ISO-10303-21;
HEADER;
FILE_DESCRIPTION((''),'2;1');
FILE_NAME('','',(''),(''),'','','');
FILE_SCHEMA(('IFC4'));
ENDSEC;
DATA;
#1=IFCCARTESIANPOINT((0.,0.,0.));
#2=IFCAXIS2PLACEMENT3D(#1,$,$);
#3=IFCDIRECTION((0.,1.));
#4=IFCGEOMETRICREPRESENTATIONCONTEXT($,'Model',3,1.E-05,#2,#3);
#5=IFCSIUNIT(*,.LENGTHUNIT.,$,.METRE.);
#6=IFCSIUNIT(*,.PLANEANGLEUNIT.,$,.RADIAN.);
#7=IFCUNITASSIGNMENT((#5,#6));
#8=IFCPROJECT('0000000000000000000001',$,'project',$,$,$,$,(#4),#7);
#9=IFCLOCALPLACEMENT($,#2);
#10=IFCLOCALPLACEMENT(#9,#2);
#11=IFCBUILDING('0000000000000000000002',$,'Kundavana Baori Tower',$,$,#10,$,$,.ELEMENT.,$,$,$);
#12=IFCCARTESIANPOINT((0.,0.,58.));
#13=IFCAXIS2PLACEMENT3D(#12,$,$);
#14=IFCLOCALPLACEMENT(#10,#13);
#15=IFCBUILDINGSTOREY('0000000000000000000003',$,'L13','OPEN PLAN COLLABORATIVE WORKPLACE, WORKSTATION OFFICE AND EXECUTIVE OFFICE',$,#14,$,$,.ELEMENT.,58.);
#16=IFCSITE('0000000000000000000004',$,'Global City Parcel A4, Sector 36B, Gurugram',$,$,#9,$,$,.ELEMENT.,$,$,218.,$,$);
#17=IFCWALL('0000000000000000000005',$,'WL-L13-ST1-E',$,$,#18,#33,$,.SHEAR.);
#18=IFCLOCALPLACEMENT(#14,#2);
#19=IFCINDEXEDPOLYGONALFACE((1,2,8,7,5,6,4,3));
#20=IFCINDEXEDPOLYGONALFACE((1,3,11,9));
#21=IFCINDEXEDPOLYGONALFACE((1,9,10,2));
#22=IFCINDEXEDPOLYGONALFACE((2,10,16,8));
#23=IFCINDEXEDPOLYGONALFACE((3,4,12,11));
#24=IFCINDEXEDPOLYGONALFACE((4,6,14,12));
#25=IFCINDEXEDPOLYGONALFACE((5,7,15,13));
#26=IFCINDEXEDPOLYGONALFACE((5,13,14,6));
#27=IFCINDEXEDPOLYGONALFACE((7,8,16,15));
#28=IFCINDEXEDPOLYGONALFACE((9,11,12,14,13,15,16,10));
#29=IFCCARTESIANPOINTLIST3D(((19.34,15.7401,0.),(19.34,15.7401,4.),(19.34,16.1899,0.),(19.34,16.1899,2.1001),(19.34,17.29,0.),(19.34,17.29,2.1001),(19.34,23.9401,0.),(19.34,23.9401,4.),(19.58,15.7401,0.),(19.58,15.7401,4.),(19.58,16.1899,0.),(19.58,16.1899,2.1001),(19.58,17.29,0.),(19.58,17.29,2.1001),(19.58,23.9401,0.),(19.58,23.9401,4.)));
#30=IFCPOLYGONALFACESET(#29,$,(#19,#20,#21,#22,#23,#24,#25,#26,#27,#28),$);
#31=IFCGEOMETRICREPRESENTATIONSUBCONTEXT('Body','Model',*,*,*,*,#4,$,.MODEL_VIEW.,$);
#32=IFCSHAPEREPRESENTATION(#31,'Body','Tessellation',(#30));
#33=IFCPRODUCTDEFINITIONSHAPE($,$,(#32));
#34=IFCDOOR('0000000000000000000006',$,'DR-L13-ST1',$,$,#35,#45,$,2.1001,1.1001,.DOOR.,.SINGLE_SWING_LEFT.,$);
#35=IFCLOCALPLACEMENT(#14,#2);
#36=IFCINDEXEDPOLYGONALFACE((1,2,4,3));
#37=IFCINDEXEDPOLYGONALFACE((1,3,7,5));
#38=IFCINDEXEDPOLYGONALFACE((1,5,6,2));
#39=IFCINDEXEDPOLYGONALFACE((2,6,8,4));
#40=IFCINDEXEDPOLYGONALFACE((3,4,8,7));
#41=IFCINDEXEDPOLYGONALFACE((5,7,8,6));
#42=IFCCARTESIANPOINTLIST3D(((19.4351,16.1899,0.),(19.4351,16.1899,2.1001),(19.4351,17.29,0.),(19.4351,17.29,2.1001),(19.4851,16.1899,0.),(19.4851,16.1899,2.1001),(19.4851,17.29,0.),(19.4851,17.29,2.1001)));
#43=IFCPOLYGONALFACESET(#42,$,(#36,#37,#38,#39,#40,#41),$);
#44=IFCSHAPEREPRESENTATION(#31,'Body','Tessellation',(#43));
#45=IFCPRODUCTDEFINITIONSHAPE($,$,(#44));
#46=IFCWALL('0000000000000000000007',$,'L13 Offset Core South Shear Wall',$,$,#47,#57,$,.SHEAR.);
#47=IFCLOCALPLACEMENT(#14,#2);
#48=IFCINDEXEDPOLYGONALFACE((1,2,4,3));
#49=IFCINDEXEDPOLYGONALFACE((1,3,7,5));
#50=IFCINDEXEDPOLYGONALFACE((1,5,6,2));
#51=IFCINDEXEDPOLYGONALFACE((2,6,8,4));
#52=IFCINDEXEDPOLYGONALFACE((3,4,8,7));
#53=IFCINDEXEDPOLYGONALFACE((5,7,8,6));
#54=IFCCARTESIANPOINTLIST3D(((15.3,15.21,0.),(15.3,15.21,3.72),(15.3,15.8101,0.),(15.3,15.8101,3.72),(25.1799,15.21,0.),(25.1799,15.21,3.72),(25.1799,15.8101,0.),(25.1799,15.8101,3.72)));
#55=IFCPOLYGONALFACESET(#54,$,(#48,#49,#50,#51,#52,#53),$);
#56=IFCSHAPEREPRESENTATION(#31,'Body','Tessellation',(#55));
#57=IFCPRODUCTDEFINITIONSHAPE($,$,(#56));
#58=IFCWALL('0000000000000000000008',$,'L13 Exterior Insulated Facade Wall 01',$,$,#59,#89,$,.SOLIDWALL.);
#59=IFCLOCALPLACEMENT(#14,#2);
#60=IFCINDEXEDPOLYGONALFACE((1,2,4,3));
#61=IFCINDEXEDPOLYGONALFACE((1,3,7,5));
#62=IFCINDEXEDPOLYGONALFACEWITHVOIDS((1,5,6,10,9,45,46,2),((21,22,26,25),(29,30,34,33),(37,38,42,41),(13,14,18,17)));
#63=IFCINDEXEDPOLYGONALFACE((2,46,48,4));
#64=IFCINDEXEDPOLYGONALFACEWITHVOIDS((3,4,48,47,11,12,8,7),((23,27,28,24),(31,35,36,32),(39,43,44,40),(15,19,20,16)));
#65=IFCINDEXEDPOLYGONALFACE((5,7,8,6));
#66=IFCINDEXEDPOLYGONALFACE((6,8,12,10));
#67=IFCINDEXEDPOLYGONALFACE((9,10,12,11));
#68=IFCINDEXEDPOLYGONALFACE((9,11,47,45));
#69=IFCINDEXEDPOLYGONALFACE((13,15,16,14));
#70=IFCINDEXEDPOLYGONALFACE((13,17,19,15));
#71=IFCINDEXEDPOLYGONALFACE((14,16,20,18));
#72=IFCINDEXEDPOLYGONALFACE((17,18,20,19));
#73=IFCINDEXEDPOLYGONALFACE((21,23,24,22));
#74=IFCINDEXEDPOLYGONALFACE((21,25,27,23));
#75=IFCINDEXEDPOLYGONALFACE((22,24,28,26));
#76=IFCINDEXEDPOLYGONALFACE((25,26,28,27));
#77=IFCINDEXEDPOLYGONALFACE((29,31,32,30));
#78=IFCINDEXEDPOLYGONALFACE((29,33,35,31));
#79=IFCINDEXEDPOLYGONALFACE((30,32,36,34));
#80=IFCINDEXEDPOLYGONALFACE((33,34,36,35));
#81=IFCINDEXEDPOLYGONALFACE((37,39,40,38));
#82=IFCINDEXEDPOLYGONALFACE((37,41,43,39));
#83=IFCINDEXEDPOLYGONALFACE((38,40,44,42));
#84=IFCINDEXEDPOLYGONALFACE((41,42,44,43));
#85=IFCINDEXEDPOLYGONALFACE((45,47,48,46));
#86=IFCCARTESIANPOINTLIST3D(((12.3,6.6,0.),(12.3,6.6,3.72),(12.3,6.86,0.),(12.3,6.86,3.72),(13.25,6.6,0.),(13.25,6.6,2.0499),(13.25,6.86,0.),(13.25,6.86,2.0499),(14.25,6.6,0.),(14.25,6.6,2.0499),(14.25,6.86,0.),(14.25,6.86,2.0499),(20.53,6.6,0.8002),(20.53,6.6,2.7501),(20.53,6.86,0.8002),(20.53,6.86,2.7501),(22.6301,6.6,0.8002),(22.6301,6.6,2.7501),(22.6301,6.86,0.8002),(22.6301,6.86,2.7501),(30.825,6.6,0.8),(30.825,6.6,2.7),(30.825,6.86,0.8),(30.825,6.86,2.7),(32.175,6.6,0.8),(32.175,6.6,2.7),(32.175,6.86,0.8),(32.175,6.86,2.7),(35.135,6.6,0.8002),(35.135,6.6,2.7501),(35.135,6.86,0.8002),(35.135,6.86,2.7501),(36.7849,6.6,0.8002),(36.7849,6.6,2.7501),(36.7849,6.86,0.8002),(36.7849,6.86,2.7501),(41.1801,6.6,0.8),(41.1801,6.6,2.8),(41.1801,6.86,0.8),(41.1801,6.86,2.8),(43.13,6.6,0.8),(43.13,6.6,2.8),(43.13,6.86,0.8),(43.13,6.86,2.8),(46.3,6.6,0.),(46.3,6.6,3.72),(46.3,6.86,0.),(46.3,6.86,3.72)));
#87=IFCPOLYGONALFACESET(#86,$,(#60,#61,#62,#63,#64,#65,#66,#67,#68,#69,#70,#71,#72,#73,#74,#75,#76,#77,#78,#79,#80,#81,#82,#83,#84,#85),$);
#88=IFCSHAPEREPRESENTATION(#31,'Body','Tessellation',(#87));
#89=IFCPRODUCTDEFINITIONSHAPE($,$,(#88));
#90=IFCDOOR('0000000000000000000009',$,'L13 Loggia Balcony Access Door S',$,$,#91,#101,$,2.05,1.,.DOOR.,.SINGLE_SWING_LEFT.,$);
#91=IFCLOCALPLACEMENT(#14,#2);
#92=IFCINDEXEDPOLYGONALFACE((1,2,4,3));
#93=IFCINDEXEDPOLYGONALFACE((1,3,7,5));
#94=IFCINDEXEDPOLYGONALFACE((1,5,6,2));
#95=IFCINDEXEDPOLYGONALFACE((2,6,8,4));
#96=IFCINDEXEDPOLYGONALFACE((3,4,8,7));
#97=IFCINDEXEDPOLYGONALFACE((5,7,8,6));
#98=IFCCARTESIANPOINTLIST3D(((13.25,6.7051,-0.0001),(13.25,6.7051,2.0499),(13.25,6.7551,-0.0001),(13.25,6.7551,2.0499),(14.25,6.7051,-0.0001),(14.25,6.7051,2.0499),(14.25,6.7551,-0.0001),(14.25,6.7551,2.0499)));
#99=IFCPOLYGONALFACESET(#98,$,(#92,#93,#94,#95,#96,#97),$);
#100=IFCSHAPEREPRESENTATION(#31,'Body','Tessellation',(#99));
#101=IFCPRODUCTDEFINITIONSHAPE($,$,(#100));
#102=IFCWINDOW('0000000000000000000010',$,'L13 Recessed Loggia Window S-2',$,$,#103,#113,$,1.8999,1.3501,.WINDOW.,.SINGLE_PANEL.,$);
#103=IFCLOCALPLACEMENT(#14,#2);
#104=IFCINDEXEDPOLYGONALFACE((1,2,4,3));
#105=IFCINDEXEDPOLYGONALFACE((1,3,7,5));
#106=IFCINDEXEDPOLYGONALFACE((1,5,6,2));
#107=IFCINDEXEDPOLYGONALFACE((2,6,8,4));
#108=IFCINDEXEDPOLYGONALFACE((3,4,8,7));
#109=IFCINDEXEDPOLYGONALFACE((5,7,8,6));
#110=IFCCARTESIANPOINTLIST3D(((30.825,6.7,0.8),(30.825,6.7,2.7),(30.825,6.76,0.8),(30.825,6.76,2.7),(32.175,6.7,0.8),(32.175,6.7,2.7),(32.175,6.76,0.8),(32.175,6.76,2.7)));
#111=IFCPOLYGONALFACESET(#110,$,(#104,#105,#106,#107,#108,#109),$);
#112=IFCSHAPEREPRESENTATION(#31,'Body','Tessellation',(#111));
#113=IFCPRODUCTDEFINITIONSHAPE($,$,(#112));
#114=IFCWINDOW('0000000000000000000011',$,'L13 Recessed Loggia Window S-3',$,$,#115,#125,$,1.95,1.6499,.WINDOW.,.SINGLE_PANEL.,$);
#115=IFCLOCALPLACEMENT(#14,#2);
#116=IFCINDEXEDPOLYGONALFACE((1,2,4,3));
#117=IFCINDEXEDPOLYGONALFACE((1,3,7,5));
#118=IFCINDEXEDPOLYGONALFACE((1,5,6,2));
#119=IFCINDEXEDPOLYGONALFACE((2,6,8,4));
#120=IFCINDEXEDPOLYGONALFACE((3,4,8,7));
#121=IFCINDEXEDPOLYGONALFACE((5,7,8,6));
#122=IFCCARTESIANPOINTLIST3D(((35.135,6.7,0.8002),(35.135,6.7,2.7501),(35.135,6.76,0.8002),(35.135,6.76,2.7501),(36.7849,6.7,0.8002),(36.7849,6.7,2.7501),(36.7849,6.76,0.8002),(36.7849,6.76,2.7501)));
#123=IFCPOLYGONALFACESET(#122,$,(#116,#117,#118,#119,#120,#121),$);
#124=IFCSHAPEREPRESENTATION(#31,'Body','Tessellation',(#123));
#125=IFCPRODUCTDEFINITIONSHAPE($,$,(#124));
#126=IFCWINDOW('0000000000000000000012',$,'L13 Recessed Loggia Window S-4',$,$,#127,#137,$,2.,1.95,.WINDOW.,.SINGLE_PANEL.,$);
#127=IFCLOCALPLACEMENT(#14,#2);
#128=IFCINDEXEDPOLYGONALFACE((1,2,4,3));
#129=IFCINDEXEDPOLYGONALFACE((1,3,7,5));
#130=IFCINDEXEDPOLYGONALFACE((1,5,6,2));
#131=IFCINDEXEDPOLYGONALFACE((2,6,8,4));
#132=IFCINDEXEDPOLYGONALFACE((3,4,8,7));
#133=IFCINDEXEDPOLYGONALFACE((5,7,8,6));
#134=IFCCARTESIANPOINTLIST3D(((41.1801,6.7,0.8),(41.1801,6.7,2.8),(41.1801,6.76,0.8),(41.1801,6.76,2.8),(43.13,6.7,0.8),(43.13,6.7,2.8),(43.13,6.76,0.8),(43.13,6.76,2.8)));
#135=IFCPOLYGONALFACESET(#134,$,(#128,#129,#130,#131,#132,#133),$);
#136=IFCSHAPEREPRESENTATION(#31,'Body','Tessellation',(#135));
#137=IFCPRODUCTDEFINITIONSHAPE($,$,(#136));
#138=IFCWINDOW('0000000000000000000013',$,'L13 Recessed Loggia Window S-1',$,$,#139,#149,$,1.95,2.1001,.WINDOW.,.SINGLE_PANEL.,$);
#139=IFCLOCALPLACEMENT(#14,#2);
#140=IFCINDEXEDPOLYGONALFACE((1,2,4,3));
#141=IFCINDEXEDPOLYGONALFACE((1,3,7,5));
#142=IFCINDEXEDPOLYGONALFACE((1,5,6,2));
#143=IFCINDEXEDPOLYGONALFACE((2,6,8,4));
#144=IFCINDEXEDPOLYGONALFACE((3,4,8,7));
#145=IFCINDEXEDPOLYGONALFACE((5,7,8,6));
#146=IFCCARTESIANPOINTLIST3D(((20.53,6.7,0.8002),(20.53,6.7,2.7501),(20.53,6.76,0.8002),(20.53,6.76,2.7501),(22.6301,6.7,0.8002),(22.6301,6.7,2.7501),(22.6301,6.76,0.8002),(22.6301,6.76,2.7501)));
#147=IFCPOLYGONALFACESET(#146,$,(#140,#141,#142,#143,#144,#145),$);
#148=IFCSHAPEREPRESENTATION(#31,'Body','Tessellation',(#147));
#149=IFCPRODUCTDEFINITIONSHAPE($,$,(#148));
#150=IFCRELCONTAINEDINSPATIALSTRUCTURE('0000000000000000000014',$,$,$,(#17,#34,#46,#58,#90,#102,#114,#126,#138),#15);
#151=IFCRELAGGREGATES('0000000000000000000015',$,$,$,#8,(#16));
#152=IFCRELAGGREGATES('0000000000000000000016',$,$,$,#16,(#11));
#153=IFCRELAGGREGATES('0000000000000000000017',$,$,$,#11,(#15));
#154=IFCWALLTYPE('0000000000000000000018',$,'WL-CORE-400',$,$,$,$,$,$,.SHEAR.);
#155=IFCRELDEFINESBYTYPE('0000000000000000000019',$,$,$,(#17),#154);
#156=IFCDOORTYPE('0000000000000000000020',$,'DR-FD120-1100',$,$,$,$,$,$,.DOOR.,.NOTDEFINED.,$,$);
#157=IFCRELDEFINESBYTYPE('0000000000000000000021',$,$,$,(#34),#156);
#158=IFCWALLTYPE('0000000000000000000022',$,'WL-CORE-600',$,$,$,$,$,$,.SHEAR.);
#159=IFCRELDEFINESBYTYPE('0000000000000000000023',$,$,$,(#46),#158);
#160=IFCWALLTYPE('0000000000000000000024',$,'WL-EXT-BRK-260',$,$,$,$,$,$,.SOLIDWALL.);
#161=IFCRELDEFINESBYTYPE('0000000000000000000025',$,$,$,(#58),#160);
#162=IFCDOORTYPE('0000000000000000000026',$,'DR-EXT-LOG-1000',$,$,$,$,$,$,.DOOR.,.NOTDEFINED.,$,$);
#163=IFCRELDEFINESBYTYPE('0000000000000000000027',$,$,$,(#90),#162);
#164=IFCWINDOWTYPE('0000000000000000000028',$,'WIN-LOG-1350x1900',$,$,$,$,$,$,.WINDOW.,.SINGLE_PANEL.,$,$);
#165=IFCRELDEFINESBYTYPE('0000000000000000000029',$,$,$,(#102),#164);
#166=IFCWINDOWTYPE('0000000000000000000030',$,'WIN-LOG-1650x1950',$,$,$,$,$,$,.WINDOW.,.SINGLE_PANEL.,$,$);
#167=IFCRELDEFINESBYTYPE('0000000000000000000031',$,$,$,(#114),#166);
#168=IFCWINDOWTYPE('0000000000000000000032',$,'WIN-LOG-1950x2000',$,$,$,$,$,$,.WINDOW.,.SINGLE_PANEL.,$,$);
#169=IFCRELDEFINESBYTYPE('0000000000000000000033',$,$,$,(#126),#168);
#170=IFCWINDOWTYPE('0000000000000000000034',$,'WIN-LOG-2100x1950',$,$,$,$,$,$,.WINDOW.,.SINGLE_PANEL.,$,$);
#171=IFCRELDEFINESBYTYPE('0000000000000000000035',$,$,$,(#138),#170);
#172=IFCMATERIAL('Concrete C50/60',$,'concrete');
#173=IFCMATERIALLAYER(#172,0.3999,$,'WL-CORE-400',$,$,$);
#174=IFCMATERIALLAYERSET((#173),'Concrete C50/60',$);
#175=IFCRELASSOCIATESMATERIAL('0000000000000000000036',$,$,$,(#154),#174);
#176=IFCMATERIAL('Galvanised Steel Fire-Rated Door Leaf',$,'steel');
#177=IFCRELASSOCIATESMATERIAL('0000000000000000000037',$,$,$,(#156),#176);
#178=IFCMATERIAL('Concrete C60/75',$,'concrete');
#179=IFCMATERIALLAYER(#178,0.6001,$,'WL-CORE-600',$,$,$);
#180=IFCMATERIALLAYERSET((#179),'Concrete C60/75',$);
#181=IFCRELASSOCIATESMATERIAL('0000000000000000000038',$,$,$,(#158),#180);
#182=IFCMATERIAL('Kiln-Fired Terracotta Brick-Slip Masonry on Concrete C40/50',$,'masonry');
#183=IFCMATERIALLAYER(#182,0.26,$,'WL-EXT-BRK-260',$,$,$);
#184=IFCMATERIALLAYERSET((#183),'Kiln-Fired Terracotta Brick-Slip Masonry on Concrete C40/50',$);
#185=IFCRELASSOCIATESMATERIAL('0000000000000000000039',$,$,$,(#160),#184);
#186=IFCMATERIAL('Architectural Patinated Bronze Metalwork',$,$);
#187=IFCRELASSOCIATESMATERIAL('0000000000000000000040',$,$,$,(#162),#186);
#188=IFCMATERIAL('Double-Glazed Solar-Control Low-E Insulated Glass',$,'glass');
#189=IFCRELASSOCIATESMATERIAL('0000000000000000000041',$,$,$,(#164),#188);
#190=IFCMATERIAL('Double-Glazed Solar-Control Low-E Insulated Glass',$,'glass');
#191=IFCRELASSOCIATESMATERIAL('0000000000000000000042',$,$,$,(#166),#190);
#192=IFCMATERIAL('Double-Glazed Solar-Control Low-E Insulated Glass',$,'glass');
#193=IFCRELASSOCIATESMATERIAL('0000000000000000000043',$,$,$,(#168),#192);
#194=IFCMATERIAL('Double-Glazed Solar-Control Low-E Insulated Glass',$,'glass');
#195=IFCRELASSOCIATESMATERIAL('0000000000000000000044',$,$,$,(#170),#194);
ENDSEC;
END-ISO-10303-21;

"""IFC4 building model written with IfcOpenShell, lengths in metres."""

from ifc_helpers import new_model, si_unit, direction, frame, frame_2d, origin, place, context, subcontext, project, spatial, rectangle, extrude, material, layer, layer_set, type_object, element, fill, save


model = new_model("IFC4")

# Units and contexts
model_context = context("Model", 3, precision=1e-05, world=origin(), true_north=direction((0.0, 1.0)))
body_context = subcontext(model_context, "Body", "Model", "MODEL_VIEW")
ifc_project = project(units=[si_unit("LENGTHUNIT", "METRE"), si_unit("PLANEANGLEUNIT", "RADIAN")], contexts=[model_context])

# Site, building, storey
site_placement = place(None, origin())
site = spatial("IfcSite", under=ifc_project, at=site_placement, Name="Global City Parcel A4, Sector 36B, Gurugram", CompositionType="ELEMENT", RefElevation=218.0)
building_placement = place(site_placement, origin())
building = spatial("IfcBuilding", under=site, at=building_placement, Name="Kundavana Baori Tower", CompositionType="ELEMENT")
storey_placement = place(building_placement, frame((0.0, 0.0, 58.0)))
storey = spatial("IfcBuildingStorey", under=building, at=storey_placement, Name="L13", Description="OPEN PLAN COLLABORATIVE WORKPLACE, WORKSTATION OFFICE AND EXECUTIVE OFFICE", CompositionType="ELEMENT", Elevation=58.0)

# Wall, opening, door
ifc_material_1 = material(Name="Concrete C50/60", Category="concrete")
ifc_layer_1 = layer(ifc_material_1, 0.3999, Name="WL-CORE-400")
ifc_layer_set_1 = layer_set([ifc_layer_1], Name="Concrete C50/60")
wall_type_1 = type_object("IfcWallType", Name="WL-CORE-400", PredefinedType="SHEAR", material=ifc_layer_set_1)
wall_1_placement = place(storey_placement, frame((19.46, 15.74, 0.0), z_axis=(0.0, 0.0, 1.0), x_axis=(0.0, 1.0, 0.0)))
wall_1 = element("IfcWall", 1, at=wall_1_placement, inside=storey, type_object=wall_type_1, Name="WL-L13-ST1-E", PredefinedType="SHEAR", context=body_context, shape_type="SweptSolid", body=[
    extrude(rectangle(XDim=8.2, YDim=0.24, at=frame_2d((4.1001, 0.0))), origin(), (0.0, 0.0, 1.0), 4.0),
])
opening_1_placement = place(wall_1_placement, frame((0.45, 0.0, 0.0)))
opening_1 = element("IfcOpeningElement", 2, at=opening_1_placement, cuts=wall_1, PredefinedType="OPENING", context=body_context, shape_type="SweptSolid", body=[
    extrude(rectangle(XDim=1.1001, YDim=2.1001, at=frame_2d((0.55, 1.05))), frame((0.0, 0.1299, 0.0), z_axis=(0.0, -1.0, 0.0), x_axis=(1.0, 0.0, 0.0)), (0.0, 0.0, 1.0), 0.26),
])
ifc_material_2 = material(Name="Galvanised Steel Fire-Rated Door Leaf", Category="steel")
door_type_1 = type_object("IfcDoorType", Name="DR-FD120-1100", OperationType="NOTDEFINED", PredefinedType="DOOR", material=ifc_material_2)
door_1_placement = place(opening_1_placement, origin())
door_1 = element("IfcDoor", 3, at=door_1_placement, inside=storey, type_object=door_type_1, Name="DR-L13-ST1", OperationType="SINGLE_SWING_LEFT", OverallHeight=2.1001, OverallWidth=1.1001, PredefinedType="DOOR", context=body_context, shape_type="SweptSolid", body=[
    extrude(rectangle(XDim=1.1001, YDim=2.1001, at=frame_2d((0.55, 1.05))), frame((0.0, 0.0249, 0.0), z_axis=(0.0, -1.0, 0.0), x_axis=(1.0, 0.0, 0.0)), (0.0, 0.0, 1.0), 0.05),
])
fill(opening_1, door_1)

# Wall
ifc_material_3 = material(Name="Concrete C60/75", Category="concrete")
ifc_layer_2 = layer(ifc_material_3, 0.6001, Name="WL-CORE-600")
ifc_layer_set_2 = layer_set([ifc_layer_2], Name="Concrete C60/75")
wall_type_2 = type_object("IfcWallType", Name="WL-CORE-600", PredefinedType="SHEAR", material=ifc_layer_set_2)
wall_2_placement = place(storey_placement, frame((15.3, 15.51, 0.0), z_axis=(0.0, 0.0, 1.0), x_axis=(1.0, 0.0, 0.0)))
element("IfcWall", 4, at=wall_2_placement, inside=storey, type_object=wall_type_2, Name="L13 Offset Core South Shear Wall", PredefinedType="SHEAR", context=body_context, shape_type="SweptSolid", body=[
    extrude(rectangle(XDim=9.8799, YDim=0.6001, at=frame_2d((4.9399, 0.0))), origin(), (0.0, 0.0, 1.0), 3.72),
])

# Wall, openings, door, windows
ifc_material_4 = material(Name="Kiln-Fired Terracotta Brick-Slip Masonry on Concrete C40/50", Category="masonry")
ifc_layer_3 = layer(ifc_material_4, 0.26, Name="WL-EXT-BRK-260")
ifc_layer_set_3 = layer_set([ifc_layer_3], Name="Kiln-Fired Terracotta Brick-Slip Masonry on Concrete C40/50")
wall_type_3 = type_object("IfcWallType", Name="WL-EXT-BRK-260", PredefinedType="SOLIDWALL", material=ifc_layer_set_3)
wall_3_placement = place(storey_placement, frame((12.3, 6.73, 0.0), z_axis=(0.0, 0.0, 1.0), x_axis=(1.0, 0.0, 0.0)))
wall_3 = element("IfcWall", 5, at=wall_3_placement, inside=storey, type_object=wall_type_3, Name="L13 Exterior Insulated Facade Wall 01", PredefinedType="SOLIDWALL", context=body_context, shape_type="SweptSolid", body=[
    extrude(rectangle(XDim=34.0, YDim=0.26, at=frame_2d((17.0, 0.0))), origin(), (0.0, 0.0, 1.0), 3.72),
])
opening_2_placement = place(wall_3_placement, frame((0.95, 0.0, 0.0)))
opening_2 = element("IfcOpeningElement", 6, at=opening_2_placement, cuts=wall_3, PredefinedType="OPENING", context=body_context, shape_type="SweptSolid", body=[
    extrude(rectangle(XDim=1.0, YDim=2.05, at=frame_2d((0.5, 1.0249))), frame((0.0, 0.1401, 0.0), z_axis=(0.0, -1.0, 0.0), x_axis=(1.0, 0.0, 0.0)), (0.0, 0.0, 1.0), 0.28),
])
opening_3_placement = place(wall_3_placement, frame((8.23, 0.0, 0.8)))
opening_3 = element("IfcOpeningElement", 7, at=opening_3_placement, cuts=wall_3, PredefinedType="OPENING", context=body_context, shape_type="SweptSolid", body=[
    extrude(rectangle(XDim=2.1001, YDim=1.95, at=frame_2d((1.05, 0.9751))), frame((0.0, 0.1401, 0.0), z_axis=(0.0, -1.0, 0.0), x_axis=(1.0, 0.0, 0.0)), (0.0, 0.0, 1.0), 0.28),
])
opening_4_placement = place(wall_3_placement, frame((18.5249, 0.0, 0.8)))
opening_4 = element("IfcOpeningElement", 8, at=opening_4_placement, cuts=wall_3, PredefinedType="OPENING", context=body_context, shape_type="SweptSolid", body=[
    extrude(rectangle(XDim=1.3501, YDim=1.8999, at=frame_2d((0.675, 0.95))), frame((0.0, 0.1401, 0.0), z_axis=(0.0, -1.0, 0.0), x_axis=(1.0, 0.0, 0.0)), (0.0, 0.0, 1.0), 0.28),
])
opening_5_placement = place(wall_3_placement, frame((22.835, 0.0, 0.8)))
opening_5 = element("IfcOpeningElement", 9, at=opening_5_placement, cuts=wall_3, PredefinedType="OPENING", context=body_context, shape_type="SweptSolid", body=[
    extrude(rectangle(XDim=1.6499, YDim=1.95, at=frame_2d((0.825, 0.9751))), frame((0.0, 0.1401, 0.0), z_axis=(0.0, -1.0, 0.0), x_axis=(1.0, 0.0, 0.0)), (0.0, 0.0, 1.0), 0.28),
])
opening_6_placement = place(wall_3_placement, frame((28.8799, 0.0, 0.8)))
opening_6 = element("IfcOpeningElement", 10, at=opening_6_placement, cuts=wall_3, PredefinedType="OPENING", context=body_context, shape_type="SweptSolid", body=[
    extrude(rectangle(XDim=1.95, YDim=2.0, at=frame_2d((0.9751, 1.0))), frame((0.0, 0.1401, 0.0), z_axis=(0.0, -1.0, 0.0), x_axis=(1.0, 0.0, 0.0)), (0.0, 0.0, 1.0), 0.28),
])
ifc_material_5 = material(Name="Architectural Patinated Bronze Metalwork")
door_type_2 = type_object("IfcDoorType", Name="DR-EXT-LOG-1000", OperationType="NOTDEFINED", PredefinedType="DOOR", material=ifc_material_5)
door_2_placement = place(opening_2_placement, frame((1.0, 0.0, 0.0), z_axis=(0.0, 0.0, 1.0), x_axis=(-1.0, 0.0, 0.0)))
door_2 = element("IfcDoor", 11, at=door_2_placement, inside=storey, type_object=door_type_2, Name="L13 Loggia Balcony Access Door S", OperationType="SINGLE_SWING_LEFT", OverallHeight=2.05, OverallWidth=1.0, PredefinedType="DOOR", context=body_context, shape_type="SweptSolid", body=[
    extrude(rectangle(XDim=1.0, YDim=2.05, at=frame_2d((0.5, 1.0249))), frame((0.0, 0.0249, 0.0), z_axis=(0.0, -1.0, 0.0), x_axis=(1.0, 0.0, 0.0)), (0.0, 0.0, 1.0), 0.05),
])
fill(opening_2, door_2)
ifc_material_6 = material(Name="Double-Glazed Solar-Control Low-E Insulated Glass", Category="glass")
window_type_1 = type_object("IfcWindowType", Name="WIN-LOG-1350x1900", PartitioningType="SINGLE_PANEL", PredefinedType="WINDOW", material=ifc_material_6)
window_1_placement = place(opening_4_placement, origin())
window_1 = element("IfcWindow", 12, at=window_1_placement, inside=storey, type_object=window_type_1, Name="L13 Recessed Loggia Window S-2", OverallHeight=1.8999, OverallWidth=1.3501, PartitioningType="SINGLE_PANEL", PredefinedType="WINDOW", context=body_context, shape_type="SweptSolid", body=[
    extrude(rectangle(XDim=1.3501, YDim=1.8999, at=frame_2d((0.675, 0.95))), frame((0.0, 0.03, 0.0), z_axis=(0.0, -1.0, 0.0), x_axis=(1.0, 0.0, 0.0)), (0.0, 0.0, 1.0), 0.0601),
])
fill(opening_4, window_1)
ifc_material_7 = material(Name="Double-Glazed Solar-Control Low-E Insulated Glass", Category="glass")
window_type_2 = type_object("IfcWindowType", Name="WIN-LOG-1650x1950", PartitioningType="SINGLE_PANEL", PredefinedType="WINDOW", material=ifc_material_7)
window_2_placement = place(opening_5_placement, origin())
window_2 = element("IfcWindow", 13, at=window_2_placement, inside=storey, type_object=window_type_2, Name="L13 Recessed Loggia Window S-3", OverallHeight=1.95, OverallWidth=1.6499, PartitioningType="SINGLE_PANEL", PredefinedType="WINDOW", context=body_context, shape_type="SweptSolid", body=[
    extrude(rectangle(XDim=1.6499, YDim=1.95, at=frame_2d((0.825, 0.9751))), frame((0.0, 0.03, 0.0), z_axis=(0.0, -1.0, 0.0), x_axis=(1.0, 0.0, 0.0)), (0.0, 0.0, 1.0), 0.0601),
])
fill(opening_5, window_2)
ifc_material_8 = material(Name="Double-Glazed Solar-Control Low-E Insulated Glass", Category="glass")
window_type_3 = type_object("IfcWindowType", Name="WIN-LOG-1950x2000", PartitioningType="SINGLE_PANEL", PredefinedType="WINDOW", material=ifc_material_8)
window_3_placement = place(opening_6_placement, origin())
window_3 = element("IfcWindow", 14, at=window_3_placement, inside=storey, type_object=window_type_3, Name="L13 Recessed Loggia Window S-4", OverallHeight=2.0, OverallWidth=1.95, PartitioningType="SINGLE_PANEL", PredefinedType="WINDOW", context=body_context, shape_type="SweptSolid", body=[
    extrude(rectangle(XDim=1.95, YDim=2.0, at=frame_2d((0.9751, 1.0))), frame((0.0, 0.03, 0.0), z_axis=(0.0, -1.0, 0.0), x_axis=(1.0, 0.0, 0.0)), (0.0, 0.0, 1.0), 0.0601),
])
fill(opening_6, window_3)
ifc_material_9 = material(Name="Double-Glazed Solar-Control Low-E Insulated Glass", Category="glass")
window_type_4 = type_object("IfcWindowType", Name="WIN-LOG-2100x1950", PartitioningType="SINGLE_PANEL", PredefinedType="WINDOW", material=ifc_material_9)
window_4_placement = place(opening_3_placement, origin())
window_4 = element("IfcWindow", 15, at=window_4_placement, inside=storey, type_object=window_type_4, Name="L13 Recessed Loggia Window S-1", OverallHeight=1.95, OverallWidth=2.1001, PartitioningType="SINGLE_PANEL", PredefinedType="WINDOW", context=body_context, shape_type="SweptSolid", body=[
    extrude(rectangle(XDim=2.1001, YDim=1.95, at=frame_2d((1.05, 0.9751))), frame((0.0, 0.03, 0.0), z_axis=(0.0, -1.0, 0.0), x_axis=(1.0, 0.0, 0.0)), (0.0, 0.0, 1.0), 0.0601),
])
fill(opening_3, window_4)

save(model, "model.ifc")
